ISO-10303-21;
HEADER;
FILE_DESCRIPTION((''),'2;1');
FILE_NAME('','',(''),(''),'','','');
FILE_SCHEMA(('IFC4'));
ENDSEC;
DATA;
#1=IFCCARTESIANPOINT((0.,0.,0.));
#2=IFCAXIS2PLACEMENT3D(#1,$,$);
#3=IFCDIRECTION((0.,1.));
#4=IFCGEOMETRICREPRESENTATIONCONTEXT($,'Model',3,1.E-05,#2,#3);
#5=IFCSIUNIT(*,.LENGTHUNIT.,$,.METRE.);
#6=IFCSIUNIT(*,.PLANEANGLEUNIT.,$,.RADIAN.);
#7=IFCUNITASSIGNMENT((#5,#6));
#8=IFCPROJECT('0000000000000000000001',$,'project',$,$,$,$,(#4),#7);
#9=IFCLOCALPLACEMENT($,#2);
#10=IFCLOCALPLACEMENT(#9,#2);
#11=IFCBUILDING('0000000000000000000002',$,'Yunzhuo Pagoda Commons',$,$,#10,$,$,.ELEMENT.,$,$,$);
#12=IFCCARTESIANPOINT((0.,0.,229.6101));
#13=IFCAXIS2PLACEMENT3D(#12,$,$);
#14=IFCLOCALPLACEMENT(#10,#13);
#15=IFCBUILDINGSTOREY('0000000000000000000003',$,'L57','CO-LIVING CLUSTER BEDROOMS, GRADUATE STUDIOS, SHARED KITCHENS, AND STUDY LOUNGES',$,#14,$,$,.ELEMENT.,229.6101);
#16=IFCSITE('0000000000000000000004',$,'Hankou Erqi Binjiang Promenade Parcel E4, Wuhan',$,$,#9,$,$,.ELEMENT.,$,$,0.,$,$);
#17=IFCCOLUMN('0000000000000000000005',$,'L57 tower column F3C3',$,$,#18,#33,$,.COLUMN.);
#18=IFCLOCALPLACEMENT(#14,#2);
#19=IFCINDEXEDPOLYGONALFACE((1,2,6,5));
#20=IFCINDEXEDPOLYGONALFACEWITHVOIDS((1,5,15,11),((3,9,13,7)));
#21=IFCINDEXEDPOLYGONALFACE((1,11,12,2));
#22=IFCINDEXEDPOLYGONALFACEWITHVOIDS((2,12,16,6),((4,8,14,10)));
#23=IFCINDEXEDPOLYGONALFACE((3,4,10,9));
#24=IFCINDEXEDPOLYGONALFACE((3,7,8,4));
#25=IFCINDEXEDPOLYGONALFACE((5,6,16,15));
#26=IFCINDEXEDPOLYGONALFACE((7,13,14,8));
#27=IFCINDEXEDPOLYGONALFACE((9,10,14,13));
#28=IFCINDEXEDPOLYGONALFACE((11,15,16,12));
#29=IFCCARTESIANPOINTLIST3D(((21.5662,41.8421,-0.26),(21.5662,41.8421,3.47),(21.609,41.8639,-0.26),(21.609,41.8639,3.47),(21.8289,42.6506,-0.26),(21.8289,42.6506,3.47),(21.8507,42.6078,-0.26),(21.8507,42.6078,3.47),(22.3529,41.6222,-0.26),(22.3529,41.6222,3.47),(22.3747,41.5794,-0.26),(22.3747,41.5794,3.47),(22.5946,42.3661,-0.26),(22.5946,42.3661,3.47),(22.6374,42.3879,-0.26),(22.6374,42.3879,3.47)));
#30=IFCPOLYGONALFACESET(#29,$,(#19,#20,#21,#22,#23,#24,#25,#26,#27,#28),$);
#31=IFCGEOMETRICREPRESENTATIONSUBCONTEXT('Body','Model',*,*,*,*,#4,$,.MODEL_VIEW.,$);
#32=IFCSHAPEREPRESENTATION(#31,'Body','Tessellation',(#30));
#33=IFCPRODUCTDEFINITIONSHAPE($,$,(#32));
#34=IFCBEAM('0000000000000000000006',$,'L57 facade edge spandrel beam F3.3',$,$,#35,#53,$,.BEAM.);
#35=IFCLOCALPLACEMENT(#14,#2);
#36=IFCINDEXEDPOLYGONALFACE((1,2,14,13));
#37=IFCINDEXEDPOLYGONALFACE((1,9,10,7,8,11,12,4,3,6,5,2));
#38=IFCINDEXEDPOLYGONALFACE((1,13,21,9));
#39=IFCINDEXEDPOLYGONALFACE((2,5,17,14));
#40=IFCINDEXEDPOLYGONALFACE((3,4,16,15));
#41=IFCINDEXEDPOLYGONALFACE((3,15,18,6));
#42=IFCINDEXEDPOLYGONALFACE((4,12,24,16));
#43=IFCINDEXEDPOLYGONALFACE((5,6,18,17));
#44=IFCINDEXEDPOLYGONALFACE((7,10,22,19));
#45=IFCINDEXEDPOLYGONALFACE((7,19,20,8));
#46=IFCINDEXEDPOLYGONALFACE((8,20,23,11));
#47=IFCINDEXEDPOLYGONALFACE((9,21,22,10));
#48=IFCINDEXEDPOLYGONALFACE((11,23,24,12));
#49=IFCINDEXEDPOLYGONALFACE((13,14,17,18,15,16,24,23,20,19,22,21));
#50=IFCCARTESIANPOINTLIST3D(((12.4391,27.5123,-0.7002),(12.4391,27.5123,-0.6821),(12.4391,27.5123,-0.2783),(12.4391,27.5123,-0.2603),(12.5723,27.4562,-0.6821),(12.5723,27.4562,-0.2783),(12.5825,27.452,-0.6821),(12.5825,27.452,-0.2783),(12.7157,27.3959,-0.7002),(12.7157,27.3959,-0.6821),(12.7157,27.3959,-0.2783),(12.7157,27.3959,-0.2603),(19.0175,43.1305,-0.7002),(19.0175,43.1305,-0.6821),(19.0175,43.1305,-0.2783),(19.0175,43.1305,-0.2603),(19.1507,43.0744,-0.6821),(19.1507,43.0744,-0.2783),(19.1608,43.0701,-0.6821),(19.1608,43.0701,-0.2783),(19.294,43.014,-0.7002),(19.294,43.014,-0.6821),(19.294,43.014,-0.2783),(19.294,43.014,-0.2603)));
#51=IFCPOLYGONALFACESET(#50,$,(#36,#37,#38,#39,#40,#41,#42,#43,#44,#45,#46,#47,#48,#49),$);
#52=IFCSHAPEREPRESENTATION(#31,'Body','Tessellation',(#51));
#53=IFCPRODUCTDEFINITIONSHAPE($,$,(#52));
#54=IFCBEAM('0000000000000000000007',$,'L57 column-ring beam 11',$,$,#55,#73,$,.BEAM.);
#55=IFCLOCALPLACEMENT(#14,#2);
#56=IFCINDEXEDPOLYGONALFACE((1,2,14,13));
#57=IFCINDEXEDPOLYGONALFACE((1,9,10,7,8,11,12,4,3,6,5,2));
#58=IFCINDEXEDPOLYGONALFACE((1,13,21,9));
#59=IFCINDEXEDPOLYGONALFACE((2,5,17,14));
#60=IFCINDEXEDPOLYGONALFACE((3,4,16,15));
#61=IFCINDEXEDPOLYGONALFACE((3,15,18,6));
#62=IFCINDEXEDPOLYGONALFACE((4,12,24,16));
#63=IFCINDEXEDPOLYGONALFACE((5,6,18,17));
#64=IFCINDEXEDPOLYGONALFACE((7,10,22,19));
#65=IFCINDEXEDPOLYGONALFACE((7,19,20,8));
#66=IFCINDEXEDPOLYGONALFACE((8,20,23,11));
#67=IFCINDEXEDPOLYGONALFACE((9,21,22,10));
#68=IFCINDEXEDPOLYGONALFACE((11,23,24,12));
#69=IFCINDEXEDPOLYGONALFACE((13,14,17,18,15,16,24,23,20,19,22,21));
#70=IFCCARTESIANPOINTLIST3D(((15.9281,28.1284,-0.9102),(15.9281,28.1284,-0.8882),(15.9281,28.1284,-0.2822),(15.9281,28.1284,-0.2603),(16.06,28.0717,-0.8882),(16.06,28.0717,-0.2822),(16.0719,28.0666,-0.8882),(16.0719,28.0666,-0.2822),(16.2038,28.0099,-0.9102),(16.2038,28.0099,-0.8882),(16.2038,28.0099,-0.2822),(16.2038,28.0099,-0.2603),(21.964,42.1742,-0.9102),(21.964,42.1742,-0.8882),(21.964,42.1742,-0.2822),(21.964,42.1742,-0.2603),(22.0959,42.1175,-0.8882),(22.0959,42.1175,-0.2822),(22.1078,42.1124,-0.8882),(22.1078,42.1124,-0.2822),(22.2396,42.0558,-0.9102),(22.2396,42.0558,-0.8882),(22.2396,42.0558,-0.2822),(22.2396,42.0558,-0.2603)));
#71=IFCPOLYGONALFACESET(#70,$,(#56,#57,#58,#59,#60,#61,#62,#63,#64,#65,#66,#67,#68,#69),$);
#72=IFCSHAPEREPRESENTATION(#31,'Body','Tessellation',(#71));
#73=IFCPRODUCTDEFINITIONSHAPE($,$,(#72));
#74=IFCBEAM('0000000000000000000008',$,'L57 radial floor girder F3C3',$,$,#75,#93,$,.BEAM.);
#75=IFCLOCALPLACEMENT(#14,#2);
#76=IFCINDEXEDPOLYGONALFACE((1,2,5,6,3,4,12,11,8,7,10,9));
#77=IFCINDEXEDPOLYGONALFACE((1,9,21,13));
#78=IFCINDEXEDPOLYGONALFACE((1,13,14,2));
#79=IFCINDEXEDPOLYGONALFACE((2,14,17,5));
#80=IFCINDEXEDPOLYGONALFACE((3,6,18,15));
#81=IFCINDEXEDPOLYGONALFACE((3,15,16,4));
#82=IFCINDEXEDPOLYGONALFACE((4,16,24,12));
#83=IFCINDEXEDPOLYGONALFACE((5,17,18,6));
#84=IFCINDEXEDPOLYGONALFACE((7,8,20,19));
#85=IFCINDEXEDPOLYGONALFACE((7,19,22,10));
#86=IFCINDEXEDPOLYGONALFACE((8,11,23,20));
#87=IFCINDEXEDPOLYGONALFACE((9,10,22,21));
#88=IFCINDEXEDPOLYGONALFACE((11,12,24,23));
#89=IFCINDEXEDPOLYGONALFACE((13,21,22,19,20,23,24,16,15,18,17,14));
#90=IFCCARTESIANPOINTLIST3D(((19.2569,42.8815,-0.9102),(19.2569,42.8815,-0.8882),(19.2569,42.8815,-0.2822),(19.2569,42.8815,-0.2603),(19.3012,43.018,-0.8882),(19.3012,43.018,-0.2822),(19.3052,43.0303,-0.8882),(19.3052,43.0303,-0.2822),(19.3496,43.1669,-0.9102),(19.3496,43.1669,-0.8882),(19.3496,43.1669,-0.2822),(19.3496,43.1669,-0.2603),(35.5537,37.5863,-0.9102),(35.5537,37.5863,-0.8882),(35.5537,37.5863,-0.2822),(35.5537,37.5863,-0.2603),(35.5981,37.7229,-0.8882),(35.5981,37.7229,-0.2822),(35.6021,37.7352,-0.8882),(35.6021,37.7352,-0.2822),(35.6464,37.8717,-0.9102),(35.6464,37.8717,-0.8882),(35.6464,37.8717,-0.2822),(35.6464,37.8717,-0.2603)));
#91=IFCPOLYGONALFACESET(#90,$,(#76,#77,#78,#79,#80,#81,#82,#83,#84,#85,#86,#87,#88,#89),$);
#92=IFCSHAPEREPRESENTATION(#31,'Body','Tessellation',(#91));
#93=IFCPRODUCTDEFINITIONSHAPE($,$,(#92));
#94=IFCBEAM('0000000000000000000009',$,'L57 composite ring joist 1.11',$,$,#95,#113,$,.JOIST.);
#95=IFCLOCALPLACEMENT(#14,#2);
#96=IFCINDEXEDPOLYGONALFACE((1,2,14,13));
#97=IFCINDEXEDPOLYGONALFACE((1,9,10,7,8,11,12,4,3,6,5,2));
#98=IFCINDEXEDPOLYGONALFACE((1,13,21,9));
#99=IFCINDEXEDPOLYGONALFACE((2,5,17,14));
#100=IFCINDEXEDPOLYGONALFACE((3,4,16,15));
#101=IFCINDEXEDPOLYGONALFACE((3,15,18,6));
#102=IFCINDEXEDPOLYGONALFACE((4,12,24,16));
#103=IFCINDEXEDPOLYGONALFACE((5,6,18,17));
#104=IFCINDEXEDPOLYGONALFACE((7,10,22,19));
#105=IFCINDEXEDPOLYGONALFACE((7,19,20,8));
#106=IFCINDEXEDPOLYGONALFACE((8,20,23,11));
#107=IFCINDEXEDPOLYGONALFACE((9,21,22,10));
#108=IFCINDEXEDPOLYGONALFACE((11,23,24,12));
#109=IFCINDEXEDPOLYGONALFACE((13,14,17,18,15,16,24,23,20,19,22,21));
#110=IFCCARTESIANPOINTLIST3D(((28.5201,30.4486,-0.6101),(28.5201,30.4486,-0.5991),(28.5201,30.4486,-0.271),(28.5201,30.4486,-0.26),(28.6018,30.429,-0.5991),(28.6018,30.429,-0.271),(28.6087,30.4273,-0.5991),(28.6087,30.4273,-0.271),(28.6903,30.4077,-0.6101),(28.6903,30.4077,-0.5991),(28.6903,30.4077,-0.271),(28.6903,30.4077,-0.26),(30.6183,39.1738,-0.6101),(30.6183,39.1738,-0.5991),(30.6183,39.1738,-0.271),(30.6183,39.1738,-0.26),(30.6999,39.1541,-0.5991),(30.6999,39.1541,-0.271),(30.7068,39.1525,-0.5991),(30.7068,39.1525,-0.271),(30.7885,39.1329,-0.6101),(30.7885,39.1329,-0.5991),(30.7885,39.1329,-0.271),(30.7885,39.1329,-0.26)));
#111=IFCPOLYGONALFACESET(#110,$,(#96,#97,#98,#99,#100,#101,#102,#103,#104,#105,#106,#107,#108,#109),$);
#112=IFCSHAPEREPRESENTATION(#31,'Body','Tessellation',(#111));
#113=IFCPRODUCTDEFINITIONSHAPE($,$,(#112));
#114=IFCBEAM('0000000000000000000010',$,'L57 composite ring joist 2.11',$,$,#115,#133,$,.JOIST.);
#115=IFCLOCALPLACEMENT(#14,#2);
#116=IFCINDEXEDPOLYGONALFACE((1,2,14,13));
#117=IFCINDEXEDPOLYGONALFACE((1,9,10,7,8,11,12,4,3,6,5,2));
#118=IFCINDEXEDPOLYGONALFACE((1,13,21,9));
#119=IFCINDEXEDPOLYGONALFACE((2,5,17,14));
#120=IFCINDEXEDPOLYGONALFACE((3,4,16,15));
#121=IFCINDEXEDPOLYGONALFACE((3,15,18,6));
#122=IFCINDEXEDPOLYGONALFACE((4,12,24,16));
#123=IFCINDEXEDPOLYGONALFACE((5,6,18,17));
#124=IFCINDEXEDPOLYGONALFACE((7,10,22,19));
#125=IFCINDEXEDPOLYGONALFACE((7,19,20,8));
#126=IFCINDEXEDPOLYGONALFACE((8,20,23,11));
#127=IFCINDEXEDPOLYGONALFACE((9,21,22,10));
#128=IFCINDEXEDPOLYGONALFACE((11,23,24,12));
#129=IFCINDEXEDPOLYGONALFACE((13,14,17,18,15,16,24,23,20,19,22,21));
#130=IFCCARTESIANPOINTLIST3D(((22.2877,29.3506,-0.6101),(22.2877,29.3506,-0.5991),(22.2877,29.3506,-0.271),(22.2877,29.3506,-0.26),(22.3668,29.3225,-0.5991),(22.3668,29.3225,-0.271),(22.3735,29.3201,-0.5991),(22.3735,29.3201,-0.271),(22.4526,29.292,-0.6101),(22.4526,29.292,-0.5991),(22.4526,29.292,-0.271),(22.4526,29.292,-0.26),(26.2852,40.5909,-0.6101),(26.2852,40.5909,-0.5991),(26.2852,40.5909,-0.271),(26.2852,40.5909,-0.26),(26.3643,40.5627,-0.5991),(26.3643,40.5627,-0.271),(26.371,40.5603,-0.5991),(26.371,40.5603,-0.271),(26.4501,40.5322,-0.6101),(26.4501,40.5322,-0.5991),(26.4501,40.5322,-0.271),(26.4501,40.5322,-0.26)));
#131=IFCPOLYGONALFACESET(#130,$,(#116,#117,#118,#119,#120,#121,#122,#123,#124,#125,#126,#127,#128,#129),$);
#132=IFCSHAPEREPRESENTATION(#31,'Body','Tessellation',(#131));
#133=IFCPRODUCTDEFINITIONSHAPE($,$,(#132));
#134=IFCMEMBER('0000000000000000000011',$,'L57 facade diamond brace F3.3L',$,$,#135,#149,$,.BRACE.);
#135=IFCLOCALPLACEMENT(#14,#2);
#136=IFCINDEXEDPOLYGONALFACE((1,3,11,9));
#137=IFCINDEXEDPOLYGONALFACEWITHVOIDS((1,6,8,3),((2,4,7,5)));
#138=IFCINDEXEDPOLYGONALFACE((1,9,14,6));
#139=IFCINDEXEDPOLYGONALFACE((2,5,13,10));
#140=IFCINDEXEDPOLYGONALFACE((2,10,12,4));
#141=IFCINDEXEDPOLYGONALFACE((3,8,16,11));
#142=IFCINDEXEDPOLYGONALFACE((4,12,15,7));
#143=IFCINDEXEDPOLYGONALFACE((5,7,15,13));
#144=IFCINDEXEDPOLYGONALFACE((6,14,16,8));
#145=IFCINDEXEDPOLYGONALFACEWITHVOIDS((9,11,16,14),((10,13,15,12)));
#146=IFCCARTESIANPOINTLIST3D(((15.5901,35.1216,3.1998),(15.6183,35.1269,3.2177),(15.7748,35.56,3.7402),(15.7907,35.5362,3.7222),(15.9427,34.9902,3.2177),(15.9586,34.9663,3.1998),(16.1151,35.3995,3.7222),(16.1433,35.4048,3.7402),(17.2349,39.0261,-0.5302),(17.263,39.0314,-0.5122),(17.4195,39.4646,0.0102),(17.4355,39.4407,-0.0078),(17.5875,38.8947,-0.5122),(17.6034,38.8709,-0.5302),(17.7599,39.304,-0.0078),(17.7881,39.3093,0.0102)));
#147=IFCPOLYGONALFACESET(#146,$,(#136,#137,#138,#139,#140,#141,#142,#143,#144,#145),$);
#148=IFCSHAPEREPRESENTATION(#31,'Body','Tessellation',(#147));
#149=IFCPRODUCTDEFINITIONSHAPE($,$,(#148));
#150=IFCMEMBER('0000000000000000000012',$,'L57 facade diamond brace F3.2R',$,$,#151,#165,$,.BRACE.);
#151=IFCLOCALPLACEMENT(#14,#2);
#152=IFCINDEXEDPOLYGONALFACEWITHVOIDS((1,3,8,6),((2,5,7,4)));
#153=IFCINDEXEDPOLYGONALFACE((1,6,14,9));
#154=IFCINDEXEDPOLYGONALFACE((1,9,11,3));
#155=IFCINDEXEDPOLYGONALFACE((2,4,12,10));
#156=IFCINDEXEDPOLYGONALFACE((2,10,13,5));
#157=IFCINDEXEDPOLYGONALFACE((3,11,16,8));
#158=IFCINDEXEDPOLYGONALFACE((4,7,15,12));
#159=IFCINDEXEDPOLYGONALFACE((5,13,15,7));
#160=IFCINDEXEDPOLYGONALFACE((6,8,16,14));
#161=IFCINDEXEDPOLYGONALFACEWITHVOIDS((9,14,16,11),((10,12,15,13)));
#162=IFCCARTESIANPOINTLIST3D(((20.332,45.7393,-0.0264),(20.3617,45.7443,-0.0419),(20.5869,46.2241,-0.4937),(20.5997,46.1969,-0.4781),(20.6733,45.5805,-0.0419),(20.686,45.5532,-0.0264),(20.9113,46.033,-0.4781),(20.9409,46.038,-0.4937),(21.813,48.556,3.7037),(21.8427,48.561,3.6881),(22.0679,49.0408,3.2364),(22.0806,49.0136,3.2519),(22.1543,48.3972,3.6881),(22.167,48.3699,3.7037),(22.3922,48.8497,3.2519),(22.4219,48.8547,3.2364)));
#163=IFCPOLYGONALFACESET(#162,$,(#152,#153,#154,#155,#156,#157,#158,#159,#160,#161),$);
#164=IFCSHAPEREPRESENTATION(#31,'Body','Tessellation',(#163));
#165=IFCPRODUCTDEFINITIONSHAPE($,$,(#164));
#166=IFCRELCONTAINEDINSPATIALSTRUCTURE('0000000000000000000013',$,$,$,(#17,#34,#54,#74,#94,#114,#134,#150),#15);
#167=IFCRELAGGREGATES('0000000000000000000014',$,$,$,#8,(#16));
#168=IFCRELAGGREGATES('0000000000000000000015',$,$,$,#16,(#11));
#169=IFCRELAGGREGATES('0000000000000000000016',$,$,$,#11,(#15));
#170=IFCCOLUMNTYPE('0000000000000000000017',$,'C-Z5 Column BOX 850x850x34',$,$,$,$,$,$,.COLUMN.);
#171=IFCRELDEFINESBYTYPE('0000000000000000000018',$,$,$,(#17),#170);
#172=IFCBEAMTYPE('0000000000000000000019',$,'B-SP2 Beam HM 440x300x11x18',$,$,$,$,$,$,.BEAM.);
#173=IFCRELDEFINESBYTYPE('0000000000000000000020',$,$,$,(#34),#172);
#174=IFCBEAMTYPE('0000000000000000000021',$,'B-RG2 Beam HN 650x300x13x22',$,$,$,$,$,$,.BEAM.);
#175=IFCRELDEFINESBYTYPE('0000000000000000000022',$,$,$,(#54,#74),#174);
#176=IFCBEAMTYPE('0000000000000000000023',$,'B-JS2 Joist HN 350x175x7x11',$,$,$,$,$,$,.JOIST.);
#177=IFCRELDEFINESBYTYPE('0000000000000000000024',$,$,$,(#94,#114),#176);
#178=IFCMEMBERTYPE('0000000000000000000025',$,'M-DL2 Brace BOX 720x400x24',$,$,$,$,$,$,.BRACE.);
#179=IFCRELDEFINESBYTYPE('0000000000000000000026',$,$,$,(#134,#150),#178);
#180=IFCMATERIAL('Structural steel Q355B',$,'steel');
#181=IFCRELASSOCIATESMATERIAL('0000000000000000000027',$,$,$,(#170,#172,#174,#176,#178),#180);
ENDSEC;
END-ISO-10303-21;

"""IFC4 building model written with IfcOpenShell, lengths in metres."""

from ifc_helpers import new_model, si_unit, direction, frame, origin, origin_2d, place, context, subcontext, project, spatial, hollow_rectangle, i_section, extrude, source, transform, mapped, material, material_profile, profile_set, type_object, element, save


model = new_model("IFC4")

# Units and contexts
model_context = context("Model", 3, precision=1e-05, world=origin(), true_north=direction((0.0, 1.0)))
body_context = subcontext(model_context, "Body", "Model", "MODEL_VIEW")
ifc_project = project(units=[si_unit("LENGTHUNIT", "METRE"), si_unit("PLANEANGLEUNIT", "RADIAN")], contexts=[model_context])

# Site, building, storey
site_placement = place(None, origin())
site = spatial("IfcSite", under=ifc_project, at=site_placement, Name="Hankou Erqi Binjiang Promenade Parcel E4, Wuhan", CompositionType="ELEMENT", RefElevation=0.0)
building_placement = place(site_placement, origin())
building = spatial("IfcBuilding", under=site, at=building_placement, Name="Yunzhuo Pagoda Commons", CompositionType="ELEMENT")
storey_placement = place(building_placement, frame((0.0, 0.0, 229.6101)))
storey = spatial("IfcBuildingStorey", under=building, at=storey_placement, Name="L57", Description="CO-LIVING CLUSTER BEDROOMS, GRADUATE STUDIOS, SHARED KITCHENS, AND STUDY LOUNGES", CompositionType="ELEMENT", Elevation=229.6101)

# Column
ifc_material_1 = material(Name="Structural steel Q355B", Category="steel")
ifc_material_profile_1 = material_profile(ifc_material_1, hollow_rectangle(XDim=0.8501, YDim=0.8501, WallThickness=0.0339, at=origin_2d()), Name="Structural steel Q355B")
ifc_profile_set_1 = profile_set([ifc_material_profile_1], Name="Structural steel Q355B")
column_type = type_object("IfcColumnType", Name="C-Z5 Column BOX 850x850x34", PredefinedType="COLUMN", material=ifc_profile_set_1)
shared_shape_1 = source(origin(), body_context, "Body", "SweptSolid", [
    extrude(hollow_rectangle(XDim=0.8501, YDim=0.8501, WallThickness=0.0339, at=origin_2d()), origin(), (0.0, 0.0, 1.0), 3.73),
])
column_placement = place(storey_placement, frame((22.1018, 42.115, -0.26), z_axis=(0.0, 0.0, 1.0), x_axis=(-0.309017, -0.951057, 0.0)))
element("IfcColumn", 1, at=column_placement, inside=storey, type_object=column_type, Name="L57 tower column F3C3", PredefinedType="COLUMN", context=body_context, shape_type="MappedRepresentation", body=[
    mapped(shared_shape_1, transform((0.0, 0.0, 0.0), scale=1.0)),
])

# Beams
ifc_material_profile_2 = material_profile(ifc_material_1, i_section(OverallWidth=0.3, OverallDepth=0.4399, WebThickness=0.011, FlangeThickness=0.0181, at=origin_2d()), Name="Structural steel Q355B")
ifc_profile_set_2 = profile_set([ifc_material_profile_2], Name="Structural steel Q355B")
beam_type_1 = type_object("IfcBeamType", Name="B-SP2 Beam HM 440x300x11x18", PredefinedType="BEAM", material=ifc_profile_set_2)
shared_shape_2 = source(origin(), body_context, "Body", "SweptSolid", [
    extrude(i_section(OverallWidth=0.3, OverallDepth=0.4399, WebThickness=0.011, FlangeThickness=0.0181, at=origin_2d()), origin(), (0.0, 0.0, 1.0), 16.947),
])
beam_1_placement = place(storey_placement, frame((19.1558, 43.0723, -0.4802), z_axis=(-0.388172, -0.921587, 0.0), x_axis=(0.921587, -0.388172, 0.0)))
element("IfcBeam", 2, at=beam_1_placement, inside=storey, type_object=beam_type_1, Name="L57 facade edge spandrel beam F3.3", PredefinedType="BEAM", context=body_context, shape_type="MappedRepresentation", body=[
    mapped(shared_shape_2, transform((0.0, 0.0, 0.0), scale=1.0)),
])
ifc_material_profile_3 = material_profile(ifc_material_1, i_section(OverallWidth=0.3, OverallDepth=0.6499, WebThickness=0.0129, FlangeThickness=0.022, at=origin_2d()), Name="Structural steel Q355B")
ifc_profile_set_3 = profile_set([ifc_material_profile_3], Name="Structural steel Q355B")
beam_type_2 = type_object("IfcBeamType", Name="B-RG2 Beam HN 650x300x13x22", PredefinedType="BEAM", material=ifc_profile_set_3)
shared_shape_3 = source(origin(), body_context, "Body", "SweptSolid", [
    extrude(i_section(OverallWidth=0.3, OverallDepth=0.6499, WebThickness=0.0129, FlangeThickness=0.022, at=origin_2d()), origin(), (0.0, 0.0, 1.0), 15.2878),
])
beam_2_placement = place(storey_placement, frame((22.1018, 42.115, -0.5852), z_axis=(-0.394815, -0.91876, 0.0), x_axis=(0.91876, -0.394815, 0.0)))
element("IfcBeam", 3, at=beam_2_placement, inside=storey, type_object=beam_type_2, Name="L57 column-ring beam 11", PredefinedType="BEAM", context=body_context, shape_type="MappedRepresentation", body=[
    mapped(shared_shape_3, transform((0.0, 0.0, 0.0), scale=1.0)),
])
shared_shape_4 = source(origin(), body_context, "Body", "SweptSolid", [
    extrude(i_section(OverallWidth=0.3, OverallDepth=0.6499, WebThickness=0.0129, FlangeThickness=0.022, at=origin_2d()), origin(), (0.0, 0.0, 1.0), 17.1355),
])
beam_3_placement = place(storey_placement, frame((19.3032, 43.0242, -0.5852), z_axis=(0.951057, -0.309016, 0.0), x_axis=(0.309016, 0.951057, 0.0)))
element("IfcBeam", 4, at=beam_3_placement, inside=storey, type_object=beam_type_2, Name="L57 radial floor girder F3C3", PredefinedType="BEAM", context=body_context, shape_type="MappedRepresentation", body=[
    mapped(shared_shape_4, transform((0.0, 0.0, 0.0), scale=1.0)),
])
ifc_material_profile_4 = material_profile(ifc_material_1, i_section(OverallWidth=0.175, OverallDepth=0.3501, WebThickness=0.0071, FlangeThickness=0.011, at=origin_2d()), Name="Structural steel Q355B")
ifc_profile_set_4 = profile_set([ifc_material_profile_4], Name="Structural steel Q355B")
beam_type_3 = type_object("IfcBeamType", Name="B-JS2 Joist HN 350x175x7x11", PredefinedType="JOIST", material=ifc_profile_set_4)
shared_shape_5 = source(origin(), body_context, "Body", "SweptSolid", [
    extrude(i_section(OverallWidth=0.175, OverallDepth=0.3501, WebThickness=0.0071, FlangeThickness=0.011, at=origin_2d()), origin(), (0.0, 0.0, 1.0), 8.9739),
])
beam_4_placement = place(storey_placement, frame((30.7034, 39.1533, -0.4351), z_axis=(-0.233807, -0.972283, 0.0), x_axis=(0.972283, -0.233807, 0.0)))
element("IfcBeam", 5, at=beam_4_placement, inside=storey, type_object=beam_type_3, Name="L57 composite ring joist 1.11", PredefinedType="JOIST", context=body_context, shape_type="MappedRepresentation", body=[
    mapped(shared_shape_5, transform((0.0, 0.0, 0.0), scale=1.0)),
])
shared_shape_6 = source(origin(), body_context, "Body", "SweptSolid", [
    extrude(i_section(OverallWidth=0.175, OverallDepth=0.3501, WebThickness=0.0071, FlangeThickness=0.011, at=origin_2d()), origin(), (0.0, 0.0, 1.0), 11.9299),
])
beam_5_placement = place(storey_placement, frame((26.3677, 40.5615, -0.4351), z_axis=(-0.335086, -0.942187, 0.0), x_axis=(0.942187, -0.335086, 0.0)))
element("IfcBeam", 6, at=beam_5_placement, inside=storey, type_object=beam_type_3, Name="L57 composite ring joist 2.11", PredefinedType="JOIST", context=body_context, shape_type="MappedRepresentation", body=[
    mapped(shared_shape_6, transform((0.0, 0.0, 0.0), scale=1.0)),
])

# Members
ifc_material_profile_5 = material_profile(ifc_material_1, hollow_rectangle(XDim=0.3999, YDim=0.72, WallThickness=0.0239, at=origin_2d()), Name="Structural steel Q355B")
ifc_profile_set_5 = profile_set([ifc_material_profile_5], Name="Structural steel Q355B")
member_type_1 = type_object("IfcMemberType", Name="M-DL2 Brace BOX 720x400x24", PredefinedType="BRACE", material=ifc_profile_set_5)
shared_shape_7 = source(origin(), body_context, "Body", "SweptSolid", [
    extrude(hollow_rectangle(XDim=0.3999, YDim=0.72, WallThickness=0.0239, at=origin_2d()), origin(), (0.0, 0.0, 1.0), 5.6448),
])
member_1_placement = place(storey_placement, frame((17.5115, 39.1677, -0.26), z_axis=(-0.29138, -0.691709, 0.660785), x_axis=(0.921571, -0.388209, 0.0)))
element("IfcMember", 7, at=member_1_placement, inside=storey, type_object=member_type_1, Name="L57 facade diamond brace F3.3L", PredefinedType="BRACE", context=body_context, shape_type="MappedRepresentation", body=[
    mapped(shared_shape_7, transform((0.0, 0.0, 0.0), scale=1.0)),
])
shared_shape_8 = source(origin(), body_context, "Body", "SweptSolid", [
    extrude(hollow_rectangle(XDim=0.3999, YDim=0.72, WallThickness=0.0239, at=origin_2d()), origin(), (0.0, 0.0, 1.0), 4.9031),
])
member_2_placement = place(storey_placement, frame((20.6365, 45.8887, -0.26), z_axis=(0.302051, 0.574474, 0.760753), x_axis=(-0.885111, 0.46538, 0.0)))
element("IfcMember", 8, at=member_2_placement, inside=storey, type_object=member_type_1, Name="L57 facade diamond brace F3.2R", PredefinedType="BRACE", context=body_context, shape_type="MappedRepresentation", body=[
    mapped(shared_shape_8, transform((0.0, 0.0, 0.0), scale=1.0)),
])

save(model, "model.ifc")
